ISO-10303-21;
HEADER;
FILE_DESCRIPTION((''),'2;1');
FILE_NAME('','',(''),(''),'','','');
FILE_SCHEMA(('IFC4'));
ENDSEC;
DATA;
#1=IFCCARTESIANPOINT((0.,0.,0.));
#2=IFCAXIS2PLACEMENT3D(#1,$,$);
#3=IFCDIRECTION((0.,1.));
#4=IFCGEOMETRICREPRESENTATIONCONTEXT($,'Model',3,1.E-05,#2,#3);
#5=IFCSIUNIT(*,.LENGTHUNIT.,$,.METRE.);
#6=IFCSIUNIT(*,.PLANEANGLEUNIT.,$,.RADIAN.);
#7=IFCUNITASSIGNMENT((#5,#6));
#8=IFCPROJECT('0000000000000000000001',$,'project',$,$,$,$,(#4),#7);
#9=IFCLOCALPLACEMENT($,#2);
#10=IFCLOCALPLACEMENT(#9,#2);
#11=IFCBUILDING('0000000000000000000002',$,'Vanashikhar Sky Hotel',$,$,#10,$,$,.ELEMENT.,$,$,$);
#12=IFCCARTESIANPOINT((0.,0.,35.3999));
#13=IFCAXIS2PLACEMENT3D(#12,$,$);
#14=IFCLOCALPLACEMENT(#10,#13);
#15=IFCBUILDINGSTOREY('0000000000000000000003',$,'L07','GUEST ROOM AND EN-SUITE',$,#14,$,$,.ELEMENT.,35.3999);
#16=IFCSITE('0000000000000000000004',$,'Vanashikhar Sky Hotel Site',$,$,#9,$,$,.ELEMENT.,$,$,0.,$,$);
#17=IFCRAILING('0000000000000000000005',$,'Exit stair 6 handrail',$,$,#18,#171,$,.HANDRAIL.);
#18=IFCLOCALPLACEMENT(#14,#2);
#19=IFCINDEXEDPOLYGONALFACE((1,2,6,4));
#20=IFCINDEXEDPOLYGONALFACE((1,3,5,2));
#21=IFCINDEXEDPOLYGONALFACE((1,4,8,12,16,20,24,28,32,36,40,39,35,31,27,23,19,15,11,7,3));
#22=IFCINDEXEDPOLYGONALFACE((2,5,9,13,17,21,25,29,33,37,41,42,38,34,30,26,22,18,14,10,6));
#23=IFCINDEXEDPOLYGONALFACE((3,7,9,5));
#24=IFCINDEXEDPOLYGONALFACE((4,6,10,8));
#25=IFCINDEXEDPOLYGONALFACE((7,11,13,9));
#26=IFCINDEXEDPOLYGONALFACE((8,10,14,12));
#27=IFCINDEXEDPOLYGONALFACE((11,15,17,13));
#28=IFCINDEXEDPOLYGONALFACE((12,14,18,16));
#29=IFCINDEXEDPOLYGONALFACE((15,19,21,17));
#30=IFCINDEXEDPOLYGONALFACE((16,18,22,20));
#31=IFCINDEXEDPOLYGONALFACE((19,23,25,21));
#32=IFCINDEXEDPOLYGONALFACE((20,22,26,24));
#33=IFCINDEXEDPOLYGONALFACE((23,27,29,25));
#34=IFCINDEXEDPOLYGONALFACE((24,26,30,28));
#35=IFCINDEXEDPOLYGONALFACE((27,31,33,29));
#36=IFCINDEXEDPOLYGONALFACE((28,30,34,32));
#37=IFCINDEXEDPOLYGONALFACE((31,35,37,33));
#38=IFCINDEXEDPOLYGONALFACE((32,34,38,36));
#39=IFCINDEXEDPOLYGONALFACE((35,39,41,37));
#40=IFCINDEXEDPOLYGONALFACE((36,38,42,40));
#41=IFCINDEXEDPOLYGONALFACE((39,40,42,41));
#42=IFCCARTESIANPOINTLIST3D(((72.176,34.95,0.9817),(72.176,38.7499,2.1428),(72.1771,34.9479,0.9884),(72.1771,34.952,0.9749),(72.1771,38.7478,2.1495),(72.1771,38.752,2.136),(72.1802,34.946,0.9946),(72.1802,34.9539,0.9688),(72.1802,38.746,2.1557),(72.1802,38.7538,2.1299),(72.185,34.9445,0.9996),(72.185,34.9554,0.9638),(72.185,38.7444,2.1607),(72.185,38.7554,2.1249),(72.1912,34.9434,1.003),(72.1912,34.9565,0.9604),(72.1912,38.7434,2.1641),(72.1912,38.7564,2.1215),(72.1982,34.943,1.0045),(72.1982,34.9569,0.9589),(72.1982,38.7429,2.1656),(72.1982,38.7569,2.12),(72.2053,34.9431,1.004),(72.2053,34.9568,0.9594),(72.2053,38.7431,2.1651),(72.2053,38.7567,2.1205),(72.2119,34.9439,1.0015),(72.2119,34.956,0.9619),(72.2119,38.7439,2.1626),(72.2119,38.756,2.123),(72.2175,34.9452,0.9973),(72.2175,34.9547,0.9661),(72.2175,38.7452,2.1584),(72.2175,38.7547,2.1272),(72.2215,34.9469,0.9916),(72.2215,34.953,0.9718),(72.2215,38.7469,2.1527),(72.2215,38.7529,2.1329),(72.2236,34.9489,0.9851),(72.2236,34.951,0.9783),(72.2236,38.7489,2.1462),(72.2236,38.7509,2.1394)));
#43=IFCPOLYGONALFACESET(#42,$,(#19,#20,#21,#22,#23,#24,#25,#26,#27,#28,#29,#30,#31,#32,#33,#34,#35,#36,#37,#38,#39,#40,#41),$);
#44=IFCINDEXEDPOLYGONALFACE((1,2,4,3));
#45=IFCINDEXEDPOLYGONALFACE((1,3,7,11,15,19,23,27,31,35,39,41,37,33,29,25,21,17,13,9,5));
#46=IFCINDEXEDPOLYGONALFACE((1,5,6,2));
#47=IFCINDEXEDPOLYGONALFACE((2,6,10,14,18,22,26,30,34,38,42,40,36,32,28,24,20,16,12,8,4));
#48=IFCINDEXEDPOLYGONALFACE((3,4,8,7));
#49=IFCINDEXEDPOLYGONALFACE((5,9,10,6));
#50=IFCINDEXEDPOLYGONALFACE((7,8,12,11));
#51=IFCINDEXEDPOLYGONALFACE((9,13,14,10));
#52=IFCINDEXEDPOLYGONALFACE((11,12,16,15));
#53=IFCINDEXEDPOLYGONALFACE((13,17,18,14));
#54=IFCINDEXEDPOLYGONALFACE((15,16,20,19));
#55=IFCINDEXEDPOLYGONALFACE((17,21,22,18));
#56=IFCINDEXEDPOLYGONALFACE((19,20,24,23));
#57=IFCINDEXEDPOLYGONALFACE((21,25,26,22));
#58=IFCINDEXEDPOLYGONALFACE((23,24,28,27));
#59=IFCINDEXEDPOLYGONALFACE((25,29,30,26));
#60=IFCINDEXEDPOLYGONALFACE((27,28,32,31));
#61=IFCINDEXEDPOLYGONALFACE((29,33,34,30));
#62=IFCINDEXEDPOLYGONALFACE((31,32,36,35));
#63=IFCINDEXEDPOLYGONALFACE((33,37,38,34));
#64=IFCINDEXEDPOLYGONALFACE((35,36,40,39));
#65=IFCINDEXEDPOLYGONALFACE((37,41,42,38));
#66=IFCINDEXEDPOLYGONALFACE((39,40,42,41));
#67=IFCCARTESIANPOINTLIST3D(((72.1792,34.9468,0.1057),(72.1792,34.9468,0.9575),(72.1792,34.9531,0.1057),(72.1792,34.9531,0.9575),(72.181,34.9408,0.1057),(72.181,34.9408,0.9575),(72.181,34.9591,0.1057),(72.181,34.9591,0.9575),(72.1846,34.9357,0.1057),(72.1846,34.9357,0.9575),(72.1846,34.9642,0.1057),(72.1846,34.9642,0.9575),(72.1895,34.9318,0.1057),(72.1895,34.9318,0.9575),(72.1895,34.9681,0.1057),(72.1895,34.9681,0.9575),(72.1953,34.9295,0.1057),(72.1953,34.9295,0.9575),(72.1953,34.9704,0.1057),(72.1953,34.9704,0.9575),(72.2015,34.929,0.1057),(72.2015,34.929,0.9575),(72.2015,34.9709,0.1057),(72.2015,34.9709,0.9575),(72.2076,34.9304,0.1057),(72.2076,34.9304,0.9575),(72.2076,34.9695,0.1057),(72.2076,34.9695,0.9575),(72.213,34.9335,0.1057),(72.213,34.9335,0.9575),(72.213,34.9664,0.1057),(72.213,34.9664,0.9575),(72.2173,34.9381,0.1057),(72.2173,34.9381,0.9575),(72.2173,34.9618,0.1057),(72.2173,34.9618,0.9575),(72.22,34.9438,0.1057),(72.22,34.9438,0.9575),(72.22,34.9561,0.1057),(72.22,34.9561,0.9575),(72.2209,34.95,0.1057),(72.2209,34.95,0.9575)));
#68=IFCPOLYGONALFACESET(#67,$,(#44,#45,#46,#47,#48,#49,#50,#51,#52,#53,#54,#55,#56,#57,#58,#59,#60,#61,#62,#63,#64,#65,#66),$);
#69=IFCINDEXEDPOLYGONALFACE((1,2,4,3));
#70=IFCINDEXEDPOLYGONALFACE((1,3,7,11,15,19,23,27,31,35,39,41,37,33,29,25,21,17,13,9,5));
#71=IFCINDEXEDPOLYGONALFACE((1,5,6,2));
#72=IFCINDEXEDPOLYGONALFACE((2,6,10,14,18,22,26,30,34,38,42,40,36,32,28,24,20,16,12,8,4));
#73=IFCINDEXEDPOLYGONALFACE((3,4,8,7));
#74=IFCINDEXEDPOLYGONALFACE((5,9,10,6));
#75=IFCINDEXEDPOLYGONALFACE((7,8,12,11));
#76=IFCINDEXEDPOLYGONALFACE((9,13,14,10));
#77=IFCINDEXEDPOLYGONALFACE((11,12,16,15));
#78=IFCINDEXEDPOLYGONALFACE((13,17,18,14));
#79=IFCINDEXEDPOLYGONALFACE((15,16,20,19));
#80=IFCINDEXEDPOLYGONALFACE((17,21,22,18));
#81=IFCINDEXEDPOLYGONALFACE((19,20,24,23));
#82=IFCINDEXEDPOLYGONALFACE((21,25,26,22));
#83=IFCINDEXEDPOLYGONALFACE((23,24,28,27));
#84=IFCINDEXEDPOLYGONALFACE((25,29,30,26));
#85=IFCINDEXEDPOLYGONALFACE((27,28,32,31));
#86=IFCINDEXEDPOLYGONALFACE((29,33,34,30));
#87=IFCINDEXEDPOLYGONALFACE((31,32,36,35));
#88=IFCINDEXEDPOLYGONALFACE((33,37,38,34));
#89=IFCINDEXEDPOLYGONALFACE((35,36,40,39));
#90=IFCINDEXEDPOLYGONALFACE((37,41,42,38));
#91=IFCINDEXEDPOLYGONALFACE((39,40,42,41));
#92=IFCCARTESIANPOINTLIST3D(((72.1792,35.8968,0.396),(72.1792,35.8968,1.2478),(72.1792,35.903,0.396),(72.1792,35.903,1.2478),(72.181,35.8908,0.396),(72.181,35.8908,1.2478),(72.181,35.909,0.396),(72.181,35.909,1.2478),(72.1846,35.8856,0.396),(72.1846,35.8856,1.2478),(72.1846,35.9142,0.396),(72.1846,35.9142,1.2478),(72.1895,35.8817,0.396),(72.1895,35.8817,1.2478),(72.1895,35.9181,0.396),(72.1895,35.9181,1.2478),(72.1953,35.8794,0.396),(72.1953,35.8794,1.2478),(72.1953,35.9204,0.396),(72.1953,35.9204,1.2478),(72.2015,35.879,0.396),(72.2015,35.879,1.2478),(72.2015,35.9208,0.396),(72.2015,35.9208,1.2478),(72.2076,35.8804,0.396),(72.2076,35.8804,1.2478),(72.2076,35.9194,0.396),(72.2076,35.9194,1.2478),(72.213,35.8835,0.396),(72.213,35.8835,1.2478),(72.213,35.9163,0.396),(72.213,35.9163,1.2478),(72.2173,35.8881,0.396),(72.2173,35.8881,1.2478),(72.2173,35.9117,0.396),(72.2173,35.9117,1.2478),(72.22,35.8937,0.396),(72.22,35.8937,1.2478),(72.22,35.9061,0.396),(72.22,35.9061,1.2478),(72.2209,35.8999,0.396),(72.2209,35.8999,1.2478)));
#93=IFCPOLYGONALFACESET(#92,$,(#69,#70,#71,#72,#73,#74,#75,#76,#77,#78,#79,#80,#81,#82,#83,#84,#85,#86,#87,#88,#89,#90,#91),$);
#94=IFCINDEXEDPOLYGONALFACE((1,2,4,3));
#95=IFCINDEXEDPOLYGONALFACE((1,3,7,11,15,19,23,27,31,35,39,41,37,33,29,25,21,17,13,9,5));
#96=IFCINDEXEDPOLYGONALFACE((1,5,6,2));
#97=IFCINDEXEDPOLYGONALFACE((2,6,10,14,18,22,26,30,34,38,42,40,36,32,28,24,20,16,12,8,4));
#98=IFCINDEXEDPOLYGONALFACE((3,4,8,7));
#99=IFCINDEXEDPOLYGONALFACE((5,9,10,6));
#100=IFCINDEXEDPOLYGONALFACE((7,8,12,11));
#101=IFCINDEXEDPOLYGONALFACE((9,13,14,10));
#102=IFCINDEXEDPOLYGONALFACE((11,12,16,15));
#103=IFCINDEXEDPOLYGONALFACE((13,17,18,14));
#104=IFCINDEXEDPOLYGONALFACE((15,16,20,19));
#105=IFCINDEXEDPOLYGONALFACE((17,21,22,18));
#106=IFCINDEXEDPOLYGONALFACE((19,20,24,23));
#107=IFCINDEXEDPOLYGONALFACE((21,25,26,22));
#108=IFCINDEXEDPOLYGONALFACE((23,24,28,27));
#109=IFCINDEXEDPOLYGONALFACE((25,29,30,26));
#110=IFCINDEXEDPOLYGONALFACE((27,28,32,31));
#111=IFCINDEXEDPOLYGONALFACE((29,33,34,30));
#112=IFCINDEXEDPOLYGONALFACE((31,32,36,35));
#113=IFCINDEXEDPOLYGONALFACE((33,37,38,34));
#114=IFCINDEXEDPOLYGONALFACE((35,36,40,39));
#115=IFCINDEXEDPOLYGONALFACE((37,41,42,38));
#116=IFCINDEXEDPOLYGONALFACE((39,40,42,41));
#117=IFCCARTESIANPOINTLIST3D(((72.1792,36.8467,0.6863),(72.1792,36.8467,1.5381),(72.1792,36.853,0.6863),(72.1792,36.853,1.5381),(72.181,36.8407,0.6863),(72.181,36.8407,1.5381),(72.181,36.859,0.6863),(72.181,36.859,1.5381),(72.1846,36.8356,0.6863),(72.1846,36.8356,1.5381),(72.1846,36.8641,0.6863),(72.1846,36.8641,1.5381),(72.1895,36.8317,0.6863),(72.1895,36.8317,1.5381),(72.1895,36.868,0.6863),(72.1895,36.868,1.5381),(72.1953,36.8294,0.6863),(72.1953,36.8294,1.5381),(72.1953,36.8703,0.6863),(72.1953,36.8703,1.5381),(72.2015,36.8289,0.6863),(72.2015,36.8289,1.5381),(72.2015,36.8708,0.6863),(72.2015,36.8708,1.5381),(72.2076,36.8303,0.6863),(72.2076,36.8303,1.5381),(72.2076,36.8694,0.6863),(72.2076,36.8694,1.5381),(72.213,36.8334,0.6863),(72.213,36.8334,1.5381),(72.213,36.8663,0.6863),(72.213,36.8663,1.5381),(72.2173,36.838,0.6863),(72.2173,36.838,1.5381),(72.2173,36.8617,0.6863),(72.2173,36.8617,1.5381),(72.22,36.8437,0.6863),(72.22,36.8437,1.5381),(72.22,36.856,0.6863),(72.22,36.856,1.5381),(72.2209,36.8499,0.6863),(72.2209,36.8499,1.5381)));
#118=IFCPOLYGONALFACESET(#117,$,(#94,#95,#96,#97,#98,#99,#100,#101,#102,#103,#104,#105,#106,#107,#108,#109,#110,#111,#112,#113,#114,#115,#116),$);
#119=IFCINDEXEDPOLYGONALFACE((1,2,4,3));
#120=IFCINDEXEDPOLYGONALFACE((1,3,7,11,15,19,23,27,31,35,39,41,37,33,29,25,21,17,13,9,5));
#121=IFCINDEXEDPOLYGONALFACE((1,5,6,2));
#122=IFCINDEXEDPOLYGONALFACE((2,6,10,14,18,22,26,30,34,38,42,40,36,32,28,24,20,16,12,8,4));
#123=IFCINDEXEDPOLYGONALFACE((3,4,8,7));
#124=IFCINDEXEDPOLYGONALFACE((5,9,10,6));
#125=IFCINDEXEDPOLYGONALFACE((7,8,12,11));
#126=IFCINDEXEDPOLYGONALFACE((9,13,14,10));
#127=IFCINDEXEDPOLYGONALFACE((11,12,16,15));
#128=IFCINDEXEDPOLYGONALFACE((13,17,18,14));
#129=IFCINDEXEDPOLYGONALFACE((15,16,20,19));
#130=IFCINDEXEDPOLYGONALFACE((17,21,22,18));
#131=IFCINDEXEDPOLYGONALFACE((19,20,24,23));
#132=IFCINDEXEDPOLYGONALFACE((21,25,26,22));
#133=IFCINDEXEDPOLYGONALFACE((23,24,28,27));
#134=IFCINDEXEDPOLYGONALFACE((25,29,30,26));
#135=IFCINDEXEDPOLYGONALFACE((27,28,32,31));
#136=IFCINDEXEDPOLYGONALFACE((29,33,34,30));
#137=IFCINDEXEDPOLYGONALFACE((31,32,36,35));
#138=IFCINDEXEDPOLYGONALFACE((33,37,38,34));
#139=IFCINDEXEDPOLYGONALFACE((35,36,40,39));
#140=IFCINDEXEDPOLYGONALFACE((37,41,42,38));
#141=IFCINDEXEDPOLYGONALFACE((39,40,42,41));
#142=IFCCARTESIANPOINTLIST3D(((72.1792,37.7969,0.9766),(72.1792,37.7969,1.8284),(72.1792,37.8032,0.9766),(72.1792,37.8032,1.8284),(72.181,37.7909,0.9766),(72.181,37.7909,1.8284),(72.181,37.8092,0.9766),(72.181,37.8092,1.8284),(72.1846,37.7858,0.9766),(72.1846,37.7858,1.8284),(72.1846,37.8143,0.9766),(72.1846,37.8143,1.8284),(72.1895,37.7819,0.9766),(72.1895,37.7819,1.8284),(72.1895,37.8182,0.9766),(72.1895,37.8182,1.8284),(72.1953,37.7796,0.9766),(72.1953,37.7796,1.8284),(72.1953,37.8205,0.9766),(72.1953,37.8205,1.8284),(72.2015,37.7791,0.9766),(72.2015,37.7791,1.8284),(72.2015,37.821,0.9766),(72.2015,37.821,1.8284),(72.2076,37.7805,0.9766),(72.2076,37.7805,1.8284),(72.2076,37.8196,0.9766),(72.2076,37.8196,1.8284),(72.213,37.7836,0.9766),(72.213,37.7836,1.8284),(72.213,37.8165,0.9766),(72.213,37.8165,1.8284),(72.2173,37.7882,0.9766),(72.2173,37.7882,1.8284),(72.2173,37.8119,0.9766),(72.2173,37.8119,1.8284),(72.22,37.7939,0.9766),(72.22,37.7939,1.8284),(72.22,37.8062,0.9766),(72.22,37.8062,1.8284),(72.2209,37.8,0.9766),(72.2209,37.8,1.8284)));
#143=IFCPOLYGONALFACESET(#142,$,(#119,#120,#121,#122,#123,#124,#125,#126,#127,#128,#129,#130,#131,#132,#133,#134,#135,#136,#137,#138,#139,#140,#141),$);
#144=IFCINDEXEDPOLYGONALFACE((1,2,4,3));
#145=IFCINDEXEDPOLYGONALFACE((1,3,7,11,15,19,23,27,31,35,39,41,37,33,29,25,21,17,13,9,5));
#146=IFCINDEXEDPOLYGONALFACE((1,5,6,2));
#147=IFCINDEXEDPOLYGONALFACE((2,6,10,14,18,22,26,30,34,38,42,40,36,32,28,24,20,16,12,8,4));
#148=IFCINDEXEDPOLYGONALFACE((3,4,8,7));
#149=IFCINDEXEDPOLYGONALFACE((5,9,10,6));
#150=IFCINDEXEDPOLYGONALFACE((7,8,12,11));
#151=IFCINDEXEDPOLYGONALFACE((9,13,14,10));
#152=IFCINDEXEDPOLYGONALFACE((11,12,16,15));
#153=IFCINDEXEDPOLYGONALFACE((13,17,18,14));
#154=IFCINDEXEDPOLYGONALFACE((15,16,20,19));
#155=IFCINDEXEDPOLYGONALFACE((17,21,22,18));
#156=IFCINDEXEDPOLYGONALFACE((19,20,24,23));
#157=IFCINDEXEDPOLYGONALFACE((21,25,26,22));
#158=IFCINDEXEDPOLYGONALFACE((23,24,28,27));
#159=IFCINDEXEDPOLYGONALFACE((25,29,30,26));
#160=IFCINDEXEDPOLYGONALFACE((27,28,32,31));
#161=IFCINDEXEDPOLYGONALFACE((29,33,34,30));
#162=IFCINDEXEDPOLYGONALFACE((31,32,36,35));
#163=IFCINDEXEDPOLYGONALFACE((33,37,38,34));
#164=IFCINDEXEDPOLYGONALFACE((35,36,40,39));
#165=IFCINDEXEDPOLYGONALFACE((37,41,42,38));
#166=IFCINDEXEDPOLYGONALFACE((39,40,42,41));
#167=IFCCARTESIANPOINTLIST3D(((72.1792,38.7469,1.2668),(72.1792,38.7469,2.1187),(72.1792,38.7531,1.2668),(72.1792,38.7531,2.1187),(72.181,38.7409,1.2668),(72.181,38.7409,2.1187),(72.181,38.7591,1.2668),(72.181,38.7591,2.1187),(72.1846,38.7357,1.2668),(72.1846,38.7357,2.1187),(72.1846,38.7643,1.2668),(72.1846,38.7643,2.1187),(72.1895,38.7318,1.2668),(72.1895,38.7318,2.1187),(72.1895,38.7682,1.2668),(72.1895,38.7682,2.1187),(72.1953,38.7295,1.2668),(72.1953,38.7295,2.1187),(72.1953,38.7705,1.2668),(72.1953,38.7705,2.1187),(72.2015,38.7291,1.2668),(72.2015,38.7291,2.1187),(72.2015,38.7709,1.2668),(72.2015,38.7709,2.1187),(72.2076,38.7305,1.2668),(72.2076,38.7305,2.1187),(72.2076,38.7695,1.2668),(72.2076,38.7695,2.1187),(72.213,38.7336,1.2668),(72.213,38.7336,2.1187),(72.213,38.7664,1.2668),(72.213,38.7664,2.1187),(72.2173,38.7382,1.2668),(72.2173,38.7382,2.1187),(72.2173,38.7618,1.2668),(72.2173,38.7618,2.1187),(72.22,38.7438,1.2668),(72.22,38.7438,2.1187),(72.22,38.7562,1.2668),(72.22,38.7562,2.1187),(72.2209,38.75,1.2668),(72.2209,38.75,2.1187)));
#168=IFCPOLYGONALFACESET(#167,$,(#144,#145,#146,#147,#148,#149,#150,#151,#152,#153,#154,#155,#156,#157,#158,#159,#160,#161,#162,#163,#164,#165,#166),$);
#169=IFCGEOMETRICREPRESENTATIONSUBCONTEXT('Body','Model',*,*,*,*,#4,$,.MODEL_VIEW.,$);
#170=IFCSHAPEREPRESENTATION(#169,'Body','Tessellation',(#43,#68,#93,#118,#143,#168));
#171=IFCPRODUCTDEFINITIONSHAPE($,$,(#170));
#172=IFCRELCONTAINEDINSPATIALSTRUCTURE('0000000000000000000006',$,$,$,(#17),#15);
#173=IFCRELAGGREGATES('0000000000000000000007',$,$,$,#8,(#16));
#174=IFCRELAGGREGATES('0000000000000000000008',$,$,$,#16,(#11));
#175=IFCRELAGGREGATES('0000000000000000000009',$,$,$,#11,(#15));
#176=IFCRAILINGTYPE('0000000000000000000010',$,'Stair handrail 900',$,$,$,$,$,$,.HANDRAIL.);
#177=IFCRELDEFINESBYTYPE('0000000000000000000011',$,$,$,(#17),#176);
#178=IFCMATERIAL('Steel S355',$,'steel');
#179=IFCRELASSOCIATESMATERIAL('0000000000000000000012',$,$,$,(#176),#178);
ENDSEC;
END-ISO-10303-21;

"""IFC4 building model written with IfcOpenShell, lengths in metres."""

from ifc_helpers import new_model, si_unit, direction, frame, origin, origin_2d, place, context, subcontext, project, spatial, circle, extrude, source, transform, mapped, material, type_object, element, save


model = new_model("IFC4")

# Units and contexts
model_context = context("Model", 3, precision=1e-05, world=origin(), true_north=direction((0.0, 1.0)))
body_context = subcontext(model_context, "Body", "Model", "MODEL_VIEW")
ifc_project = project(units=[si_unit("LENGTHUNIT", "METRE"), si_unit("PLANEANGLEUNIT", "RADIAN")], contexts=[model_context])

# Site, building, storey
site_placement = place(None, origin())
site = spatial("IfcSite", under=ifc_project, at=site_placement, Name="Vanashikhar Sky Hotel Site", CompositionType="ELEMENT", RefElevation=0.0)
building_placement = place(site_placement, origin())
building = spatial("IfcBuilding", under=site, at=building_placement, Name="Vanashikhar Sky Hotel", CompositionType="ELEMENT")
storey_placement = place(building_placement, frame((0.0, 0.0, 35.3999)))
storey = spatial("IfcBuildingStorey", under=building, at=storey_placement, Name="L07", Description="GUEST ROOM AND EN-SUITE", CompositionType="ELEMENT", Elevation=35.3999)

# Railing
ifc_material_1 = material(Name="Steel S355", Category="steel")
railing_type_1 = type_object("IfcRailingType", Name="Stair handrail 900", PredefinedType="HANDRAIL", material=ifc_material_1)
shared_shape_1 = source(origin(), body_context, "Body", "SweptSolid", [
    extrude(circle(Radius=0.0239, at=origin_2d()), frame((0.0, 0.0, 0.876), z_axis=(0.0, 0.956351, 0.29222), x_axis=(-1.0, 0.0, 0.0)), (0.0, 0.0, 1.0), 3.9734),
    extrude(circle(Radius=0.021, at=origin_2d()), origin(), (0.0, 0.0, 1.0), 0.8518),
    extrude(circle(Radius=0.021, at=origin_2d()), frame((0.0, 0.95, 0.2903)), (0.0, 0.0, 1.0), 0.8518),
    extrude(circle(Radius=0.021, at=origin_2d()), frame((0.0, 1.8999, 0.5806)), (0.0, 0.0, 1.0), 0.8518),
    extrude(circle(Radius=0.021, at=origin_2d()), frame((0.0, 2.8501, 0.8708)), (0.0, 0.0, 1.0), 0.8518),
    extrude(circle(Radius=0.021, at=origin_2d()), frame((0.0, 3.8, 1.1611)), (0.0, 0.0, 1.0), 0.8518),
])
for number, where, name in (
    (1, (72.2, 34.95, 0.1057), "Exit stair 6 handrail"),
):
    element("IfcRailing", number, at=place(storey_placement, frame(where)), inside=storey, type_object=railing_type_1, Name=name, PredefinedType="HANDRAIL", context=body_context, shape_type="MappedRepresentation", body=[
        mapped(shared_shape_1, transform((0.0, 0.0, 0.0), scale=1.0)),
    ])

save(model, "model.ifc")
